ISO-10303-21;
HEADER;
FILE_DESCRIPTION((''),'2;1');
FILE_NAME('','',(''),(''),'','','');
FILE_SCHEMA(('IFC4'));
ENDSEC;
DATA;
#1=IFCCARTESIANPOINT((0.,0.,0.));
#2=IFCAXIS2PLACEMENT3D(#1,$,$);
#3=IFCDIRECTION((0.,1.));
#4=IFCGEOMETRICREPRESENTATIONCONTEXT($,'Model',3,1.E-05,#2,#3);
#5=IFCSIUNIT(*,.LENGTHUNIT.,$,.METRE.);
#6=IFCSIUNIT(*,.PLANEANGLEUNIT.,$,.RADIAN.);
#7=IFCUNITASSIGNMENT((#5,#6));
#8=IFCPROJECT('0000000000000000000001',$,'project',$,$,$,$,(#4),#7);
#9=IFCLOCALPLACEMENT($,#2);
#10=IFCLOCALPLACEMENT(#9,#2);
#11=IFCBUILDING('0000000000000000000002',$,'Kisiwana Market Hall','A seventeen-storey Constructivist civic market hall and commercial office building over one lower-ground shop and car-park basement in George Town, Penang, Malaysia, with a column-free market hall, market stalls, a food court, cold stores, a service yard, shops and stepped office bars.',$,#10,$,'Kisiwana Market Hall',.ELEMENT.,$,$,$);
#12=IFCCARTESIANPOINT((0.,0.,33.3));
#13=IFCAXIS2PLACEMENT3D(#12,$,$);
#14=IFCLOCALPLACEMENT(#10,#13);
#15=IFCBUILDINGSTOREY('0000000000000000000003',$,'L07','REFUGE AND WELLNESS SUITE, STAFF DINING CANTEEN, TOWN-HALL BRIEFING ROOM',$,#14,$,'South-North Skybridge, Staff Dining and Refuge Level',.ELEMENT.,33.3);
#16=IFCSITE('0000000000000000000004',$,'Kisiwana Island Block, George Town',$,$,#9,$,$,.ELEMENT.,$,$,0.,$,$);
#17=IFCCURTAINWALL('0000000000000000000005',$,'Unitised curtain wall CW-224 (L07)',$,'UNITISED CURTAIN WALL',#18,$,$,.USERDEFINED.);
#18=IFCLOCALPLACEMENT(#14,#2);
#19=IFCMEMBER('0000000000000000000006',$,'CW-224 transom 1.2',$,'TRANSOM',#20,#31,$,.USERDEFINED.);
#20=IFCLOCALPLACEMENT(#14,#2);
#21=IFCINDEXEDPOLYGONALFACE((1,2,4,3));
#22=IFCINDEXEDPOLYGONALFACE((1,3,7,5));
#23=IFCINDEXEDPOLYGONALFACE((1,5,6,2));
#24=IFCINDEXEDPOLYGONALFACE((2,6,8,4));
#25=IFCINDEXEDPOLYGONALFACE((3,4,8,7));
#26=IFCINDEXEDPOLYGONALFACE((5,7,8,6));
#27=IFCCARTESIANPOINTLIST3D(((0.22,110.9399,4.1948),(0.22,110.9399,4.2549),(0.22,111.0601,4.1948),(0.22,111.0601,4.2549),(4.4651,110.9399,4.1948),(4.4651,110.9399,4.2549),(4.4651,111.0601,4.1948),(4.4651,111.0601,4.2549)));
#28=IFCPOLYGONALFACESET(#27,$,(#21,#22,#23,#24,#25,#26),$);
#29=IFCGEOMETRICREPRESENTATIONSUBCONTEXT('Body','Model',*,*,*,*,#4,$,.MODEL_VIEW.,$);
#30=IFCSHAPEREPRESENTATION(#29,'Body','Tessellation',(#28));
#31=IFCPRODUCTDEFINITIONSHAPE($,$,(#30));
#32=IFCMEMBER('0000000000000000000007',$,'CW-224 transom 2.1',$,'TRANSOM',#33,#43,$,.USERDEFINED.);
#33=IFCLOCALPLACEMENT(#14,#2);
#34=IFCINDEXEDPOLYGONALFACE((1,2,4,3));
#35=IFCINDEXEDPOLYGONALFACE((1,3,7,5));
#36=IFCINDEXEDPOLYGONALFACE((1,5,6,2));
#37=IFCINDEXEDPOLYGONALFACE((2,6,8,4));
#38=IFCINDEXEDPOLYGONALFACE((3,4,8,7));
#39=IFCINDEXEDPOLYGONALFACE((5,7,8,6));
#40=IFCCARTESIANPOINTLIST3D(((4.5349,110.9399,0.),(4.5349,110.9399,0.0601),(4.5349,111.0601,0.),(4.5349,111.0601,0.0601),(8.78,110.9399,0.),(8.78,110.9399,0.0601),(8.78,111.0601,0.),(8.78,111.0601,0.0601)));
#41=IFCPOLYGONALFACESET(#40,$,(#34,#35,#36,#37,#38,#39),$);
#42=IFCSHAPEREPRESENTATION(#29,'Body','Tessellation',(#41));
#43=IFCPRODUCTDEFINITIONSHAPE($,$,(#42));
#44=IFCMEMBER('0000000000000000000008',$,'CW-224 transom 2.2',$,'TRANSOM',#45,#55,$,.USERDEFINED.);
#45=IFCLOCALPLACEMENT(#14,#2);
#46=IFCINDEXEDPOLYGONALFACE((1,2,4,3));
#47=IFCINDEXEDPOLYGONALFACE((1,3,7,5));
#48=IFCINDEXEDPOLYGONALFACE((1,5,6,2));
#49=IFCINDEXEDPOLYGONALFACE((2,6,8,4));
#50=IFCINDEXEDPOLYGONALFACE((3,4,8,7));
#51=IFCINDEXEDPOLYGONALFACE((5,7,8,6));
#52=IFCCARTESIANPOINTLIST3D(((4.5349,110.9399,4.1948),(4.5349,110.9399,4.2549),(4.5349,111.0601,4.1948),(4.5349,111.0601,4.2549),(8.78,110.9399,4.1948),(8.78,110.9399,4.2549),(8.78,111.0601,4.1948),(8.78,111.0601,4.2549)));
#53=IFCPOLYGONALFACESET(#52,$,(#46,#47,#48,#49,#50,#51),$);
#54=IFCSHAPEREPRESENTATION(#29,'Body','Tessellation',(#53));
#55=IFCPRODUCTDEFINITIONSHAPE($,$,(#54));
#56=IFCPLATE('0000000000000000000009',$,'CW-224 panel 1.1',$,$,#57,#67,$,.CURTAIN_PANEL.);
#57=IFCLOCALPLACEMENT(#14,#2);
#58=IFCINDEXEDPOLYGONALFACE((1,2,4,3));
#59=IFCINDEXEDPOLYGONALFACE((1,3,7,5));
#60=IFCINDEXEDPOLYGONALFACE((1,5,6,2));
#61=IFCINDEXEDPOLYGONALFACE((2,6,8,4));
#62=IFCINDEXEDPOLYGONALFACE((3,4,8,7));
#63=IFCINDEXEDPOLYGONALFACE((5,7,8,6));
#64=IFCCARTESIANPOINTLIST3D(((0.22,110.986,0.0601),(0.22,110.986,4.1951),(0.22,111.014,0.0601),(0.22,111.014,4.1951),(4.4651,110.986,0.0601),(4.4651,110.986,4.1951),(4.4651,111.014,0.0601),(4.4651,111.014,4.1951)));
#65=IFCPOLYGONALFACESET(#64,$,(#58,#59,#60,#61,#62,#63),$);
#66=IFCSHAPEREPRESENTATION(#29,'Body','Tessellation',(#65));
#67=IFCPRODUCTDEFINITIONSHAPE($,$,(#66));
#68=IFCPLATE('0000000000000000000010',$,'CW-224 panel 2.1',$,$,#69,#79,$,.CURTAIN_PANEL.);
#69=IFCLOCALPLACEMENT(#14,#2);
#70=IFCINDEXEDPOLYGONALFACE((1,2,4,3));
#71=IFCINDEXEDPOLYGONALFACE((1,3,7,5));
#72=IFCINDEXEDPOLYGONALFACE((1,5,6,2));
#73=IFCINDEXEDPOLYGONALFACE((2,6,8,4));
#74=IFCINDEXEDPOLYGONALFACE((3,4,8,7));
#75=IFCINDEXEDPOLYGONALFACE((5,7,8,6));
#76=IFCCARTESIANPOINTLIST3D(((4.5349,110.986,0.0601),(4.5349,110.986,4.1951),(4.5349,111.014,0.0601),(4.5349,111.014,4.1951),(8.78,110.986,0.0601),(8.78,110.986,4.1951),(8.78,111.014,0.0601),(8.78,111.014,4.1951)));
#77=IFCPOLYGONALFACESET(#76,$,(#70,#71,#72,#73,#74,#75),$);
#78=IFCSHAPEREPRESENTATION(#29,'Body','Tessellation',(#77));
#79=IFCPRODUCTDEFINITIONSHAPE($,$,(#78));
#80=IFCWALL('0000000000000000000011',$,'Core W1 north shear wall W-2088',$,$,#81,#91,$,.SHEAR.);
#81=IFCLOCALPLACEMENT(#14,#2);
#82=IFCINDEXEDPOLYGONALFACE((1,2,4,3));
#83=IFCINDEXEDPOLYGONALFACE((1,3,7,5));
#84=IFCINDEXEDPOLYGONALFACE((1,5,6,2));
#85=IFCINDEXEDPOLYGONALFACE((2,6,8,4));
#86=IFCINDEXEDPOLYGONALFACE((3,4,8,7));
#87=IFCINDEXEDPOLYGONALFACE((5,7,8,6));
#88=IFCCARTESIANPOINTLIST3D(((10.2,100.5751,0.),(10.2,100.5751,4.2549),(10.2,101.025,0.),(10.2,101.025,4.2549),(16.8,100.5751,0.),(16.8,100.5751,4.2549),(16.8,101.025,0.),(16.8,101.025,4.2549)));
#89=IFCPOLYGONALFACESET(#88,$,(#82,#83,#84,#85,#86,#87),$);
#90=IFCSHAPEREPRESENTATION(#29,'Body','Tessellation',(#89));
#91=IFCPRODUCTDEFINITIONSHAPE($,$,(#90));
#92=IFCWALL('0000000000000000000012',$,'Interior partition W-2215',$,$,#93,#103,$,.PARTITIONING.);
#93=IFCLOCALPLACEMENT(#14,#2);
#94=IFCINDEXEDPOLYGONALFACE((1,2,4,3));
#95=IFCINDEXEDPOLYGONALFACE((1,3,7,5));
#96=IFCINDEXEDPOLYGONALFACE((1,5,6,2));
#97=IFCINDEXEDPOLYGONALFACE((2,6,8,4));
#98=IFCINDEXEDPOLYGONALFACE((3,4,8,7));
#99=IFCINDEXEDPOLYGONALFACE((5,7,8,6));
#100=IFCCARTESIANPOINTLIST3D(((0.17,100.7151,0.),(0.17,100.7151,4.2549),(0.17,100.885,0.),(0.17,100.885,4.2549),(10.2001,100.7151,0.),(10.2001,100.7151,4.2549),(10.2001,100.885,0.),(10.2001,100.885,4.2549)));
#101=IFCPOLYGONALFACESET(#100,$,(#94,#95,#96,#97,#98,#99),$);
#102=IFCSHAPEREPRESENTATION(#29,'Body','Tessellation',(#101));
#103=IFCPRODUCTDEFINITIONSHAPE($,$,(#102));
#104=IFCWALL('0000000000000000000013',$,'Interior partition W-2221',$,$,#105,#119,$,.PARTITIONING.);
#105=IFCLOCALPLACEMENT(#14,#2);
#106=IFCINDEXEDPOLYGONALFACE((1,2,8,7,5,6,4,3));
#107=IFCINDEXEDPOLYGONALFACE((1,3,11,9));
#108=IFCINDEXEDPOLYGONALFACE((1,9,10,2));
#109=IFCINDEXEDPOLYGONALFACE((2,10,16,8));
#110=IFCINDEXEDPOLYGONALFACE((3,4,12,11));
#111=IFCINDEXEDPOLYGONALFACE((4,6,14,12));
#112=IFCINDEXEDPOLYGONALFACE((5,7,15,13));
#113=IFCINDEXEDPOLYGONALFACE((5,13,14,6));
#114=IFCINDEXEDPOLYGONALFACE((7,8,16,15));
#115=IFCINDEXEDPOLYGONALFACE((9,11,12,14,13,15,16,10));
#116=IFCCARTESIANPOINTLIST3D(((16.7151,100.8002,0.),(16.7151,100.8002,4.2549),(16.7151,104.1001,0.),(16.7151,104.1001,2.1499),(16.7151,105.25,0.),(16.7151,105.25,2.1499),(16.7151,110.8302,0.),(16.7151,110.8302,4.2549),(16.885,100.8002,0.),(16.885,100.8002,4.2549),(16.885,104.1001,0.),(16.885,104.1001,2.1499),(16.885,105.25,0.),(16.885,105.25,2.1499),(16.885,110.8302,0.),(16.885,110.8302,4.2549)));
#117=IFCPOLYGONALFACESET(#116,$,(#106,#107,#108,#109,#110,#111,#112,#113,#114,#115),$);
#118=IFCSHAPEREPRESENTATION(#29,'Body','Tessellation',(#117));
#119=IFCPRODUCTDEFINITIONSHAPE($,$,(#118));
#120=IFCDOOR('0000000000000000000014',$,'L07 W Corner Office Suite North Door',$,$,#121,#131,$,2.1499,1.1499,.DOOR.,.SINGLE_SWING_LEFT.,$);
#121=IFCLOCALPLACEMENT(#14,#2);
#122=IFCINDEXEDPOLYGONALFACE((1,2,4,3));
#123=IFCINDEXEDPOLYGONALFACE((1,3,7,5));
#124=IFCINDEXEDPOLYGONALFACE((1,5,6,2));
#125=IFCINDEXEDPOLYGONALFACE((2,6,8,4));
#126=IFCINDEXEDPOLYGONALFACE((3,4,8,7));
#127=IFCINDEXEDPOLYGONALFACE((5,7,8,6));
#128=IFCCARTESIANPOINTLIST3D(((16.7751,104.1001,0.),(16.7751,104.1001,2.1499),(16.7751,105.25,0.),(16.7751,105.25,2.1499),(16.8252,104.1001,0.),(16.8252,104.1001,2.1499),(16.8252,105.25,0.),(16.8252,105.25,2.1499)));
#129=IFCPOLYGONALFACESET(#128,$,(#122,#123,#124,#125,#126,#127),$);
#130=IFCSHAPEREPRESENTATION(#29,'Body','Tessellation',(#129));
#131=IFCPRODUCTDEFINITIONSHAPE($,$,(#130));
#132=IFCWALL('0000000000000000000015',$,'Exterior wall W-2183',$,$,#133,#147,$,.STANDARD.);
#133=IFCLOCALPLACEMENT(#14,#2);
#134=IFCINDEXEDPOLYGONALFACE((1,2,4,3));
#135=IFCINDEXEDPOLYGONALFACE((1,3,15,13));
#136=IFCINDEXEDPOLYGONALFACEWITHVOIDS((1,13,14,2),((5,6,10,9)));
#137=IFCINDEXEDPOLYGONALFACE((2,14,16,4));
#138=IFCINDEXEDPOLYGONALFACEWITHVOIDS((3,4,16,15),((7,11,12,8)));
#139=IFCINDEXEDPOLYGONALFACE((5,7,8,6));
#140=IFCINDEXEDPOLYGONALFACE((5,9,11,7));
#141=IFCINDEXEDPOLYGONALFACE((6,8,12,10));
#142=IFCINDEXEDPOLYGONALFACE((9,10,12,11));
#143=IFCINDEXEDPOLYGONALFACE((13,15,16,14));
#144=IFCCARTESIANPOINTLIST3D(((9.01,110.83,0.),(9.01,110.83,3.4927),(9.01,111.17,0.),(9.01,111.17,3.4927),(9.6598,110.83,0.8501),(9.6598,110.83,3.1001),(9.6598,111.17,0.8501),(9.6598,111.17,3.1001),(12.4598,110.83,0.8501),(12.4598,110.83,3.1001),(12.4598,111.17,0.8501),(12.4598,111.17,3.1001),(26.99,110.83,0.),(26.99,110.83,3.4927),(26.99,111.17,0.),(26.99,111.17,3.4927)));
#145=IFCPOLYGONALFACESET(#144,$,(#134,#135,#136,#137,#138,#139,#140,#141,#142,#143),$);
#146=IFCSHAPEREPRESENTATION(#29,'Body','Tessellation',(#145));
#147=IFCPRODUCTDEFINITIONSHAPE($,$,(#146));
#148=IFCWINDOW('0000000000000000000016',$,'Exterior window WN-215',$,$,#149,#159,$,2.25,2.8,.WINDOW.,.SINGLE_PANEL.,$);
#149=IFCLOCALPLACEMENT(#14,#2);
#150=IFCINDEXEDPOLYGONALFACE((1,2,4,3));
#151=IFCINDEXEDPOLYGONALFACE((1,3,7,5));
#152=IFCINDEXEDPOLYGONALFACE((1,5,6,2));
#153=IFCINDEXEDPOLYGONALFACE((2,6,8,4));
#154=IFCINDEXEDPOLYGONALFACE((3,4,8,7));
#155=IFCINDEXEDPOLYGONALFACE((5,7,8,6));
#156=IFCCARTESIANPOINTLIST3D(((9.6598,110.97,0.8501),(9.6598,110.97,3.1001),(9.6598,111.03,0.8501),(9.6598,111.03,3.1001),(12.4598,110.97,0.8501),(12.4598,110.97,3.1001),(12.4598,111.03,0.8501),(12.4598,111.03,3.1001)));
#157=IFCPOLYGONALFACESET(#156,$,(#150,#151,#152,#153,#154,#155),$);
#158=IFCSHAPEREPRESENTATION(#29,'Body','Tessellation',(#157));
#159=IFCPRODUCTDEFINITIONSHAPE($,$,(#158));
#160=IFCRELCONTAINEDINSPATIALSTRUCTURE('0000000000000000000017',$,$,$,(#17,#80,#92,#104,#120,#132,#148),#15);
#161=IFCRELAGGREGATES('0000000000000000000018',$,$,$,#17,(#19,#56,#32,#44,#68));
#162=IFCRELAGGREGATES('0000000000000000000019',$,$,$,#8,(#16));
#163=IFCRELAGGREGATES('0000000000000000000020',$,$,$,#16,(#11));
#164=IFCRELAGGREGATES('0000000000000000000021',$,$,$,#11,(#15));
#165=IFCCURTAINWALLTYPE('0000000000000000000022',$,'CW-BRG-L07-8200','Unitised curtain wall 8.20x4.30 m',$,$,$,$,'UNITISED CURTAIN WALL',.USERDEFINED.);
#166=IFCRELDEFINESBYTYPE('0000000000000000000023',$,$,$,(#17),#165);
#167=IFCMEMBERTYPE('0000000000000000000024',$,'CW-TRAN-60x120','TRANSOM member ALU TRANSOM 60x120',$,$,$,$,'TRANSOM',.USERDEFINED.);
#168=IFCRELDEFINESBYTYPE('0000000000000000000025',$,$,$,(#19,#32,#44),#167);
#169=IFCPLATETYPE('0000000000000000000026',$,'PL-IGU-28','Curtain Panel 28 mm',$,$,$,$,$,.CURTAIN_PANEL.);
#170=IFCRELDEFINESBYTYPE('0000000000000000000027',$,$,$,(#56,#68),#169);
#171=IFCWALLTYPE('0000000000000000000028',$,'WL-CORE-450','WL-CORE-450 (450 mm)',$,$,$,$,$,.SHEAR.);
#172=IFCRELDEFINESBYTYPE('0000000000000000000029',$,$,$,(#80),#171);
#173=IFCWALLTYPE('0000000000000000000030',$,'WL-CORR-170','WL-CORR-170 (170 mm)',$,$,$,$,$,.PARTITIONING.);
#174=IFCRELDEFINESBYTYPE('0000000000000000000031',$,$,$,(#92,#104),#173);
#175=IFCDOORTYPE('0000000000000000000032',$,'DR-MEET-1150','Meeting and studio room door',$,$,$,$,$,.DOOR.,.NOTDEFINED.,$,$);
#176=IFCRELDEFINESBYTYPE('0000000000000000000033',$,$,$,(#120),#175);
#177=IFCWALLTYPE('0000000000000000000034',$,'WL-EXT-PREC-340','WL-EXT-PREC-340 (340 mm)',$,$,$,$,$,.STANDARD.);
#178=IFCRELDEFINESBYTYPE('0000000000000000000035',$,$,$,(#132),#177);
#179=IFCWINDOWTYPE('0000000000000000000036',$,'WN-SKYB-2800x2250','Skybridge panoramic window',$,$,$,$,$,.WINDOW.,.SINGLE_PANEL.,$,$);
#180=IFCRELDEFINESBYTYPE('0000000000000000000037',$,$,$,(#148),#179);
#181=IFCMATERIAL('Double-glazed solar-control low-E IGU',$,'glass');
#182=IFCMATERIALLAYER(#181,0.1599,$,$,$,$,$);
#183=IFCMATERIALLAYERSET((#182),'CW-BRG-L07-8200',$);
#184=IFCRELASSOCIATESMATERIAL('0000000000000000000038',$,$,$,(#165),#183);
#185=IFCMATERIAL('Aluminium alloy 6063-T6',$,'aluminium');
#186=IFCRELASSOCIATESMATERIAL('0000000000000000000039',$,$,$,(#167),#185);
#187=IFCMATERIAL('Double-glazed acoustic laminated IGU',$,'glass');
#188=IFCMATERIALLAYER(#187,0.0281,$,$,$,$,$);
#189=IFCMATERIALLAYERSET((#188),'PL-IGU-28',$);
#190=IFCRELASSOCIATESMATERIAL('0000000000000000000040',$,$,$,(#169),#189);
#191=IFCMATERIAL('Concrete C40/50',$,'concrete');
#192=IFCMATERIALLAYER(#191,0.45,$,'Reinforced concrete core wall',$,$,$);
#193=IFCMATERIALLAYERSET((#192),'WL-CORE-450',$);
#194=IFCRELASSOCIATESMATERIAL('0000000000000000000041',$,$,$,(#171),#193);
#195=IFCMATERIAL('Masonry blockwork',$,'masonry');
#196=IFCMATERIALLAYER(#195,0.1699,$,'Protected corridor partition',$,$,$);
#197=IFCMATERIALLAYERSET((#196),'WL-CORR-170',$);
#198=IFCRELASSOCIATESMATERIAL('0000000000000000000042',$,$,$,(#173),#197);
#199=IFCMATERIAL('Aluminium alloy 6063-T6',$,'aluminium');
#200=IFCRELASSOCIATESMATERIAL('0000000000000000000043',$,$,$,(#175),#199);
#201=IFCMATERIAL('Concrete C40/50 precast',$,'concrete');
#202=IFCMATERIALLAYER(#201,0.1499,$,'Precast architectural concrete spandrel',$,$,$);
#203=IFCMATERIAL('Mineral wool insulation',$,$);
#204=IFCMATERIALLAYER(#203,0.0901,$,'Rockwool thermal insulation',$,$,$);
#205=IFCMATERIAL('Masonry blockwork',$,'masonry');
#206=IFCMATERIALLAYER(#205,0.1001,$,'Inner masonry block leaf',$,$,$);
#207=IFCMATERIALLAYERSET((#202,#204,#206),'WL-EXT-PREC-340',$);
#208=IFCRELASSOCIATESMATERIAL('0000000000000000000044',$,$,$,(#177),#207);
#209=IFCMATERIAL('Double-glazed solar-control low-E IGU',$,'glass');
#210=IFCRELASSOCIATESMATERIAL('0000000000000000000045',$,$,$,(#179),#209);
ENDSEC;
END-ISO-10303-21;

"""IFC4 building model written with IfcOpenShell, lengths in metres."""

from ifc_helpers import new_model, si_unit, direction, frame, frame_2d, origin, origin_2d, place, context, subcontext, project, spatial, rectangle, extrude, material, layer, layer_set, material_profile, profile_set, type_object, element, fill, aggregate, save


model = new_model("IFC4")

# Units and contexts
model_context = context("Model", 3, precision=1e-05, world=origin(), true_north=direction((0.0, 1.0)))
body_context = subcontext(model_context, "Body", "Model", "MODEL_VIEW")
ifc_project = project(units=[si_unit("LENGTHUNIT", "METRE"), si_unit("PLANEANGLEUNIT", "RADIAN")], contexts=[model_context])

# Site, building, storey
site_placement = place(None, origin())
site = spatial("IfcSite", under=ifc_project, at=site_placement, Name="Kisiwana Island Block, George Town", CompositionType="ELEMENT", RefElevation=0.0)
building_placement = place(site_placement, origin())
building = spatial("IfcBuilding", under=site, at=building_placement, Name="Kisiwana Market Hall", Description="A seventeen-storey Constructivist civic market hall and commercial office building over one lower-ground shop and car-park basement in George Town, Penang, Malaysia, with a column-free market hall, market stalls, a food court, cold stores, a service yard, shops and stepped office bars.", LongName="Kisiwana Market Hall", CompositionType="ELEMENT")
storey_placement = place(building_placement, frame((0.0, 0.0, 33.3)))
storey = spatial("IfcBuildingStorey", under=building, at=storey_placement, Name="L07", Description="REFUGE AND WELLNESS SUITE, STAFF DINING CANTEEN, TOWN-HALL BRIEFING ROOM", LongName="South-North Skybridge, Staff Dining and Refuge Level", CompositionType="ELEMENT", Elevation=33.3)

# Curtain wall, members, plates
ifc_material_1 = material(Name="Double-glazed solar-control low-E IGU", Category="glass")
ifc_layer_1 = layer(ifc_material_1, 0.1599)
ifc_layer_set_1 = layer_set([ifc_layer_1], Name="CW-BRG-L07-8200")
curtain_wall_type = type_object("IfcCurtainWallType", Name="CW-BRG-L07-8200", Description="Unitised curtain wall 8.20x4.30 m", ElementType="UNITISED CURTAIN WALL", PredefinedType="USERDEFINED", material=ifc_layer_set_1)
curtain_wall_placement = place(storey_placement, origin())
curtain_wall = element("IfcCurtainWall", 1, at=curtain_wall_placement, inside=storey, type_object=curtain_wall_type, Name="Unitised curtain wall CW-224 (L07)", ObjectType="UNITISED CURTAIN WALL", PredefinedType="USERDEFINED")
ifc_material_2 = material(Name="Aluminium alloy 6063-T6", Category="aluminium")
ifc_material_profile_1 = material_profile(ifc_material_2, rectangle(XDim=0.1201, YDim=0.0601, at=origin_2d()), Name="ALU TRANSOM 60x120")
ifc_profile_set_1 = profile_set([ifc_material_profile_1], Name="Aluminium alloy 6063-T6")
member_type_1 = type_object("IfcMemberType", Name="CW-TRAN-60x120", Description="TRANSOM member ALU TRANSOM 60x120", ElementType="TRANSOM", PredefinedType="USERDEFINED", material=ifc_profile_set_1)
member_1_placement = place(storey_placement, frame((0.22, 111.0, 4.2249), z_axis=(1.0, 0.0, 0.0), x_axis=(0.0, 1.0, 0.0)))
member_1 = element("IfcMember", 2, at=member_1_placement, type_object=member_type_1, Name="CW-224 transom 1.2", ObjectType="TRANSOM", PredefinedType="USERDEFINED", context=body_context, shape_type="SweptSolid", body=[
    extrude(rectangle(XDim=0.1201, YDim=0.0601, at=origin_2d()), origin(), (0.0, 0.0, 1.0), 4.2451),
])
member_2_placement = place(storey_placement, frame((4.5349, 111.0, 0.03), z_axis=(1.0, 0.0, 0.0), x_axis=(0.0, 1.0, 0.0)))
member_2 = element("IfcMember", 3, at=member_2_placement, type_object=member_type_1, Name="CW-224 transom 2.1", ObjectType="TRANSOM", PredefinedType="USERDEFINED", context=body_context, shape_type="SweptSolid", body=[
    extrude(rectangle(XDim=0.1201, YDim=0.0601, at=origin_2d()), origin(), (0.0, 0.0, 1.0), 4.2451),
])
member_3_placement = place(storey_placement, frame((4.5349, 111.0, 4.2249), z_axis=(1.0, 0.0, 0.0), x_axis=(0.0, 1.0, 0.0)))
member_3 = element("IfcMember", 4, at=member_3_placement, type_object=member_type_1, Name="CW-224 transom 2.2", ObjectType="TRANSOM", PredefinedType="USERDEFINED", context=body_context, shape_type="SweptSolid", body=[
    extrude(rectangle(XDim=0.1201, YDim=0.0601, at=origin_2d()), origin(), (0.0, 0.0, 1.0), 4.2451),
])
ifc_material_3 = material(Name="Double-glazed acoustic laminated IGU", Category="glass")
ifc_layer_2 = layer(ifc_material_3, 0.0281)
ifc_layer_set_2 = layer_set([ifc_layer_2], Name="PL-IGU-28")
plate_type = type_object("IfcPlateType", Name="PL-IGU-28", Description="Curtain Panel 28 mm", PredefinedType="CURTAIN_PANEL", material=ifc_layer_set_2)
plate_1_placement = place(storey_placement, frame((2.3425, 111.0, 0.0601), z_axis=(0.0, 0.0, 1.0), x_axis=(1.0, 0.0, 0.0)))
plate_1 = element("IfcPlate", 5, at=plate_1_placement, type_object=plate_type, Name="CW-224 panel 1.1", PredefinedType="CURTAIN_PANEL", context=body_context, shape_type="SweptSolid", body=[
    extrude(rectangle(XDim=4.2451, YDim=0.0281, at=origin_2d()), origin(), (0.0, 0.0, 1.0), 4.135),
])
plate_2_placement = place(storey_placement, frame((6.6575, 111.0, 0.0601), z_axis=(0.0, 0.0, 1.0), x_axis=(1.0, 0.0, 0.0)))
plate_2 = element("IfcPlate", 6, at=plate_2_placement, type_object=plate_type, Name="CW-224 panel 2.1", PredefinedType="CURTAIN_PANEL", context=body_context, shape_type="SweptSolid", body=[
    extrude(rectangle(XDim=4.2451, YDim=0.0281, at=origin_2d()), origin(), (0.0, 0.0, 1.0), 4.135),
])
aggregate(curtain_wall, [member_1, plate_1, member_2, member_3, plate_2])

# Walls
ifc_material_4 = material(Name="Concrete C40/50", Category="concrete")
ifc_layer_3 = layer(ifc_material_4, 0.45, Name="Reinforced concrete core wall")
ifc_layer_set_3 = layer_set([ifc_layer_3], Name="WL-CORE-450")
wall_type_1 = type_object("IfcWallType", Name="WL-CORE-450", Description="WL-CORE-450 (450 mm)", PredefinedType="SHEAR", material=ifc_layer_set_3)
wall_1_placement = place(storey_placement, frame((10.2, 100.8, 0.0), z_axis=(0.0, 0.0, 1.0), x_axis=(1.0, 0.0, 0.0)))
element("IfcWall", 7, at=wall_1_placement, inside=storey, type_object=wall_type_1, Name="Core W1 north shear wall W-2088", PredefinedType="SHEAR", context=body_context, shape_type="SweptSolid", body=[
    extrude(rectangle(XDim=6.6001, YDim=0.45, at=frame_2d((3.3, 0.0))), origin(), (0.0, 0.0, 1.0), 4.2549),
])
ifc_material_5 = material(Name="Masonry blockwork", Category="masonry")
ifc_layer_4 = layer(ifc_material_5, 0.1699, Name="Protected corridor partition")
ifc_layer_set_4 = layer_set([ifc_layer_4], Name="WL-CORR-170")
wall_type_2 = type_object("IfcWallType", Name="WL-CORR-170", Description="WL-CORR-170 (170 mm)", PredefinedType="PARTITIONING", material=ifc_layer_set_4)
wall_2_placement = place(storey_placement, frame((0.1699, 100.8, 0.0), z_axis=(0.0, 0.0, 1.0), x_axis=(1.0, 0.0, 0.0)))
element("IfcWall", 8, at=wall_2_placement, inside=storey, type_object=wall_type_2, Name="Interior partition W-2215", PredefinedType="PARTITIONING", context=body_context, shape_type="SweptSolid", body=[
    extrude(rectangle(XDim=10.03, YDim=0.1699, at=frame_2d((5.0151, 0.0))), origin(), (0.0, 0.0, 1.0), 4.2549),
])

# Wall, opening, door
wall_3_placement = place(storey_placement, frame((16.8, 100.8, 0.0), z_axis=(0.0, 0.0, 1.0), x_axis=(0.0, 1.0, 0.0)))
wall_3 = element("IfcWall", 9, at=wall_3_placement, inside=storey, type_object=wall_type_2, Name="Interior partition W-2221", PredefinedType="PARTITIONING", context=body_context, shape_type="SweptSolid", body=[
    extrude(rectangle(XDim=10.03, YDim=0.1699, at=frame_2d((5.0151, 0.0))), origin(), (0.0, 0.0, 1.0), 4.2549),
])
opening_1_placement = place(wall_3_placement, frame((3.3, 0.0, 0.0)))
opening_1 = element("IfcOpeningElement", 10, at=opening_1_placement, cuts=wall_3, PredefinedType="OPENING", context=body_context, shape_type="SweptSolid", body=[
    extrude(rectangle(XDim=1.1499, YDim=2.1499, at=frame_2d((0.575, 1.075))), frame((0.0, 0.0969, 0.0), z_axis=(0.0, -1.0, 0.0), x_axis=(1.0, 0.0, 0.0)), (0.0, 0.0, 1.0), 0.1938),
])
ifc_material_6 = material(Name="Aluminium alloy 6063-T6", Category="aluminium")
door_type = type_object("IfcDoorType", Name="DR-MEET-1150", Description="Meeting and studio room door", OperationType="NOTDEFINED", PredefinedType="DOOR", material=ifc_material_6)
door_placement = place(opening_1_placement, origin())
door = element("IfcDoor", 11, at=door_placement, inside=storey, type_object=door_type, Name="L07 W Corner Office Suite North Door", OperationType="SINGLE_SWING_LEFT", OverallHeight=2.1499, OverallWidth=1.1499, PredefinedType="DOOR", context=body_context, shape_type="SweptSolid", body=[
    extrude(rectangle(XDim=1.1499, YDim=2.1499, at=frame_2d((0.575, 1.075))), frame((0.0, 0.0249, 0.0), z_axis=(0.0, -1.0, 0.0), x_axis=(1.0, 0.0, 0.0)), (0.0, 0.0, 1.0), 0.05),
])
fill(opening_1, door)

# Wall, opening, window
ifc_material_7 = material(Name="Concrete C40/50 precast", Category="concrete")
ifc_layer_5 = layer(ifc_material_7, 0.1499, Name="Precast architectural concrete spandrel")
ifc_material_8 = material(Name="Mineral wool insulation")
ifc_layer_6 = layer(ifc_material_8, 0.0901, Name="Rockwool thermal insulation")
ifc_material_9 = material(Name="Masonry blockwork", Category="masonry")
ifc_layer_7 = layer(ifc_material_9, 0.1001, Name="Inner masonry block leaf")
ifc_layer_set_5 = layer_set([ifc_layer_5, ifc_layer_6, ifc_layer_7], Name="WL-EXT-PREC-340")
wall_type_3 = type_object("IfcWallType", Name="WL-EXT-PREC-340", Description="WL-EXT-PREC-340 (340 mm)", PredefinedType="STANDARD", material=ifc_layer_set_5)
wall_4_placement = place(storey_placement, frame((9.01, 111.0, 0.0), z_axis=(0.0, 0.0, 1.0), x_axis=(1.0, 0.0, 0.0)))
wall_4 = element("IfcWall", 12, at=wall_4_placement, inside=storey, type_object=wall_type_3, Name="Exterior wall W-2183", PredefinedType="STANDARD", context=body_context, shape_type="SweptSolid", body=[
    extrude(rectangle(XDim=17.98, YDim=0.3401, at=frame_2d((8.99, 0.0))), origin(), (0.0, 0.0, 1.0), 3.4927),
])
opening_2_placement = place(wall_4_placement, frame((0.6499, 0.0, 0.8501)))
opening_2 = element("IfcOpeningElement", 13, at=opening_2_placement, cuts=wall_4, PredefinedType="OPENING", context=body_context, shape_type="SweptSolid", body=[
    extrude(rectangle(XDim=2.8, YDim=2.25, at=frame_2d((1.3999, 1.125))), frame((0.0, 0.1821, 0.0), z_axis=(0.0, -1.0, 0.0), x_axis=(1.0, 0.0, 0.0)), (0.0, 0.0, 1.0), 0.364),
])
ifc_material_10 = material(Name="Double-glazed solar-control low-E IGU", Category="glass")
window_type = type_object("IfcWindowType", Name="WN-SKYB-2800x2250", Description="Skybridge panoramic window", PartitioningType="SINGLE_PANEL", PredefinedType="WINDOW", material=ifc_material_10)
window_1_placement = place(opening_2_placement, origin())
window_1 = element("IfcWindow", 14, at=window_1_placement, inside=storey, type_object=window_type, Name="Exterior window WN-215", OverallHeight=2.25, OverallWidth=2.8, PartitioningType="SINGLE_PANEL", PredefinedType="WINDOW", context=body_context, shape_type="SweptSolid", body=[
    extrude(rectangle(XDim=2.8, YDim=2.25, at=frame_2d((1.3999, 1.125))), frame((0.0, 0.03, 0.0), z_axis=(0.0, -1.0, 0.0), x_axis=(1.0, 0.0, 0.0)), (0.0, 0.0, 1.0), 0.0601),
])
fill(opening_2, window_1)

save(model, "model.ifc")
